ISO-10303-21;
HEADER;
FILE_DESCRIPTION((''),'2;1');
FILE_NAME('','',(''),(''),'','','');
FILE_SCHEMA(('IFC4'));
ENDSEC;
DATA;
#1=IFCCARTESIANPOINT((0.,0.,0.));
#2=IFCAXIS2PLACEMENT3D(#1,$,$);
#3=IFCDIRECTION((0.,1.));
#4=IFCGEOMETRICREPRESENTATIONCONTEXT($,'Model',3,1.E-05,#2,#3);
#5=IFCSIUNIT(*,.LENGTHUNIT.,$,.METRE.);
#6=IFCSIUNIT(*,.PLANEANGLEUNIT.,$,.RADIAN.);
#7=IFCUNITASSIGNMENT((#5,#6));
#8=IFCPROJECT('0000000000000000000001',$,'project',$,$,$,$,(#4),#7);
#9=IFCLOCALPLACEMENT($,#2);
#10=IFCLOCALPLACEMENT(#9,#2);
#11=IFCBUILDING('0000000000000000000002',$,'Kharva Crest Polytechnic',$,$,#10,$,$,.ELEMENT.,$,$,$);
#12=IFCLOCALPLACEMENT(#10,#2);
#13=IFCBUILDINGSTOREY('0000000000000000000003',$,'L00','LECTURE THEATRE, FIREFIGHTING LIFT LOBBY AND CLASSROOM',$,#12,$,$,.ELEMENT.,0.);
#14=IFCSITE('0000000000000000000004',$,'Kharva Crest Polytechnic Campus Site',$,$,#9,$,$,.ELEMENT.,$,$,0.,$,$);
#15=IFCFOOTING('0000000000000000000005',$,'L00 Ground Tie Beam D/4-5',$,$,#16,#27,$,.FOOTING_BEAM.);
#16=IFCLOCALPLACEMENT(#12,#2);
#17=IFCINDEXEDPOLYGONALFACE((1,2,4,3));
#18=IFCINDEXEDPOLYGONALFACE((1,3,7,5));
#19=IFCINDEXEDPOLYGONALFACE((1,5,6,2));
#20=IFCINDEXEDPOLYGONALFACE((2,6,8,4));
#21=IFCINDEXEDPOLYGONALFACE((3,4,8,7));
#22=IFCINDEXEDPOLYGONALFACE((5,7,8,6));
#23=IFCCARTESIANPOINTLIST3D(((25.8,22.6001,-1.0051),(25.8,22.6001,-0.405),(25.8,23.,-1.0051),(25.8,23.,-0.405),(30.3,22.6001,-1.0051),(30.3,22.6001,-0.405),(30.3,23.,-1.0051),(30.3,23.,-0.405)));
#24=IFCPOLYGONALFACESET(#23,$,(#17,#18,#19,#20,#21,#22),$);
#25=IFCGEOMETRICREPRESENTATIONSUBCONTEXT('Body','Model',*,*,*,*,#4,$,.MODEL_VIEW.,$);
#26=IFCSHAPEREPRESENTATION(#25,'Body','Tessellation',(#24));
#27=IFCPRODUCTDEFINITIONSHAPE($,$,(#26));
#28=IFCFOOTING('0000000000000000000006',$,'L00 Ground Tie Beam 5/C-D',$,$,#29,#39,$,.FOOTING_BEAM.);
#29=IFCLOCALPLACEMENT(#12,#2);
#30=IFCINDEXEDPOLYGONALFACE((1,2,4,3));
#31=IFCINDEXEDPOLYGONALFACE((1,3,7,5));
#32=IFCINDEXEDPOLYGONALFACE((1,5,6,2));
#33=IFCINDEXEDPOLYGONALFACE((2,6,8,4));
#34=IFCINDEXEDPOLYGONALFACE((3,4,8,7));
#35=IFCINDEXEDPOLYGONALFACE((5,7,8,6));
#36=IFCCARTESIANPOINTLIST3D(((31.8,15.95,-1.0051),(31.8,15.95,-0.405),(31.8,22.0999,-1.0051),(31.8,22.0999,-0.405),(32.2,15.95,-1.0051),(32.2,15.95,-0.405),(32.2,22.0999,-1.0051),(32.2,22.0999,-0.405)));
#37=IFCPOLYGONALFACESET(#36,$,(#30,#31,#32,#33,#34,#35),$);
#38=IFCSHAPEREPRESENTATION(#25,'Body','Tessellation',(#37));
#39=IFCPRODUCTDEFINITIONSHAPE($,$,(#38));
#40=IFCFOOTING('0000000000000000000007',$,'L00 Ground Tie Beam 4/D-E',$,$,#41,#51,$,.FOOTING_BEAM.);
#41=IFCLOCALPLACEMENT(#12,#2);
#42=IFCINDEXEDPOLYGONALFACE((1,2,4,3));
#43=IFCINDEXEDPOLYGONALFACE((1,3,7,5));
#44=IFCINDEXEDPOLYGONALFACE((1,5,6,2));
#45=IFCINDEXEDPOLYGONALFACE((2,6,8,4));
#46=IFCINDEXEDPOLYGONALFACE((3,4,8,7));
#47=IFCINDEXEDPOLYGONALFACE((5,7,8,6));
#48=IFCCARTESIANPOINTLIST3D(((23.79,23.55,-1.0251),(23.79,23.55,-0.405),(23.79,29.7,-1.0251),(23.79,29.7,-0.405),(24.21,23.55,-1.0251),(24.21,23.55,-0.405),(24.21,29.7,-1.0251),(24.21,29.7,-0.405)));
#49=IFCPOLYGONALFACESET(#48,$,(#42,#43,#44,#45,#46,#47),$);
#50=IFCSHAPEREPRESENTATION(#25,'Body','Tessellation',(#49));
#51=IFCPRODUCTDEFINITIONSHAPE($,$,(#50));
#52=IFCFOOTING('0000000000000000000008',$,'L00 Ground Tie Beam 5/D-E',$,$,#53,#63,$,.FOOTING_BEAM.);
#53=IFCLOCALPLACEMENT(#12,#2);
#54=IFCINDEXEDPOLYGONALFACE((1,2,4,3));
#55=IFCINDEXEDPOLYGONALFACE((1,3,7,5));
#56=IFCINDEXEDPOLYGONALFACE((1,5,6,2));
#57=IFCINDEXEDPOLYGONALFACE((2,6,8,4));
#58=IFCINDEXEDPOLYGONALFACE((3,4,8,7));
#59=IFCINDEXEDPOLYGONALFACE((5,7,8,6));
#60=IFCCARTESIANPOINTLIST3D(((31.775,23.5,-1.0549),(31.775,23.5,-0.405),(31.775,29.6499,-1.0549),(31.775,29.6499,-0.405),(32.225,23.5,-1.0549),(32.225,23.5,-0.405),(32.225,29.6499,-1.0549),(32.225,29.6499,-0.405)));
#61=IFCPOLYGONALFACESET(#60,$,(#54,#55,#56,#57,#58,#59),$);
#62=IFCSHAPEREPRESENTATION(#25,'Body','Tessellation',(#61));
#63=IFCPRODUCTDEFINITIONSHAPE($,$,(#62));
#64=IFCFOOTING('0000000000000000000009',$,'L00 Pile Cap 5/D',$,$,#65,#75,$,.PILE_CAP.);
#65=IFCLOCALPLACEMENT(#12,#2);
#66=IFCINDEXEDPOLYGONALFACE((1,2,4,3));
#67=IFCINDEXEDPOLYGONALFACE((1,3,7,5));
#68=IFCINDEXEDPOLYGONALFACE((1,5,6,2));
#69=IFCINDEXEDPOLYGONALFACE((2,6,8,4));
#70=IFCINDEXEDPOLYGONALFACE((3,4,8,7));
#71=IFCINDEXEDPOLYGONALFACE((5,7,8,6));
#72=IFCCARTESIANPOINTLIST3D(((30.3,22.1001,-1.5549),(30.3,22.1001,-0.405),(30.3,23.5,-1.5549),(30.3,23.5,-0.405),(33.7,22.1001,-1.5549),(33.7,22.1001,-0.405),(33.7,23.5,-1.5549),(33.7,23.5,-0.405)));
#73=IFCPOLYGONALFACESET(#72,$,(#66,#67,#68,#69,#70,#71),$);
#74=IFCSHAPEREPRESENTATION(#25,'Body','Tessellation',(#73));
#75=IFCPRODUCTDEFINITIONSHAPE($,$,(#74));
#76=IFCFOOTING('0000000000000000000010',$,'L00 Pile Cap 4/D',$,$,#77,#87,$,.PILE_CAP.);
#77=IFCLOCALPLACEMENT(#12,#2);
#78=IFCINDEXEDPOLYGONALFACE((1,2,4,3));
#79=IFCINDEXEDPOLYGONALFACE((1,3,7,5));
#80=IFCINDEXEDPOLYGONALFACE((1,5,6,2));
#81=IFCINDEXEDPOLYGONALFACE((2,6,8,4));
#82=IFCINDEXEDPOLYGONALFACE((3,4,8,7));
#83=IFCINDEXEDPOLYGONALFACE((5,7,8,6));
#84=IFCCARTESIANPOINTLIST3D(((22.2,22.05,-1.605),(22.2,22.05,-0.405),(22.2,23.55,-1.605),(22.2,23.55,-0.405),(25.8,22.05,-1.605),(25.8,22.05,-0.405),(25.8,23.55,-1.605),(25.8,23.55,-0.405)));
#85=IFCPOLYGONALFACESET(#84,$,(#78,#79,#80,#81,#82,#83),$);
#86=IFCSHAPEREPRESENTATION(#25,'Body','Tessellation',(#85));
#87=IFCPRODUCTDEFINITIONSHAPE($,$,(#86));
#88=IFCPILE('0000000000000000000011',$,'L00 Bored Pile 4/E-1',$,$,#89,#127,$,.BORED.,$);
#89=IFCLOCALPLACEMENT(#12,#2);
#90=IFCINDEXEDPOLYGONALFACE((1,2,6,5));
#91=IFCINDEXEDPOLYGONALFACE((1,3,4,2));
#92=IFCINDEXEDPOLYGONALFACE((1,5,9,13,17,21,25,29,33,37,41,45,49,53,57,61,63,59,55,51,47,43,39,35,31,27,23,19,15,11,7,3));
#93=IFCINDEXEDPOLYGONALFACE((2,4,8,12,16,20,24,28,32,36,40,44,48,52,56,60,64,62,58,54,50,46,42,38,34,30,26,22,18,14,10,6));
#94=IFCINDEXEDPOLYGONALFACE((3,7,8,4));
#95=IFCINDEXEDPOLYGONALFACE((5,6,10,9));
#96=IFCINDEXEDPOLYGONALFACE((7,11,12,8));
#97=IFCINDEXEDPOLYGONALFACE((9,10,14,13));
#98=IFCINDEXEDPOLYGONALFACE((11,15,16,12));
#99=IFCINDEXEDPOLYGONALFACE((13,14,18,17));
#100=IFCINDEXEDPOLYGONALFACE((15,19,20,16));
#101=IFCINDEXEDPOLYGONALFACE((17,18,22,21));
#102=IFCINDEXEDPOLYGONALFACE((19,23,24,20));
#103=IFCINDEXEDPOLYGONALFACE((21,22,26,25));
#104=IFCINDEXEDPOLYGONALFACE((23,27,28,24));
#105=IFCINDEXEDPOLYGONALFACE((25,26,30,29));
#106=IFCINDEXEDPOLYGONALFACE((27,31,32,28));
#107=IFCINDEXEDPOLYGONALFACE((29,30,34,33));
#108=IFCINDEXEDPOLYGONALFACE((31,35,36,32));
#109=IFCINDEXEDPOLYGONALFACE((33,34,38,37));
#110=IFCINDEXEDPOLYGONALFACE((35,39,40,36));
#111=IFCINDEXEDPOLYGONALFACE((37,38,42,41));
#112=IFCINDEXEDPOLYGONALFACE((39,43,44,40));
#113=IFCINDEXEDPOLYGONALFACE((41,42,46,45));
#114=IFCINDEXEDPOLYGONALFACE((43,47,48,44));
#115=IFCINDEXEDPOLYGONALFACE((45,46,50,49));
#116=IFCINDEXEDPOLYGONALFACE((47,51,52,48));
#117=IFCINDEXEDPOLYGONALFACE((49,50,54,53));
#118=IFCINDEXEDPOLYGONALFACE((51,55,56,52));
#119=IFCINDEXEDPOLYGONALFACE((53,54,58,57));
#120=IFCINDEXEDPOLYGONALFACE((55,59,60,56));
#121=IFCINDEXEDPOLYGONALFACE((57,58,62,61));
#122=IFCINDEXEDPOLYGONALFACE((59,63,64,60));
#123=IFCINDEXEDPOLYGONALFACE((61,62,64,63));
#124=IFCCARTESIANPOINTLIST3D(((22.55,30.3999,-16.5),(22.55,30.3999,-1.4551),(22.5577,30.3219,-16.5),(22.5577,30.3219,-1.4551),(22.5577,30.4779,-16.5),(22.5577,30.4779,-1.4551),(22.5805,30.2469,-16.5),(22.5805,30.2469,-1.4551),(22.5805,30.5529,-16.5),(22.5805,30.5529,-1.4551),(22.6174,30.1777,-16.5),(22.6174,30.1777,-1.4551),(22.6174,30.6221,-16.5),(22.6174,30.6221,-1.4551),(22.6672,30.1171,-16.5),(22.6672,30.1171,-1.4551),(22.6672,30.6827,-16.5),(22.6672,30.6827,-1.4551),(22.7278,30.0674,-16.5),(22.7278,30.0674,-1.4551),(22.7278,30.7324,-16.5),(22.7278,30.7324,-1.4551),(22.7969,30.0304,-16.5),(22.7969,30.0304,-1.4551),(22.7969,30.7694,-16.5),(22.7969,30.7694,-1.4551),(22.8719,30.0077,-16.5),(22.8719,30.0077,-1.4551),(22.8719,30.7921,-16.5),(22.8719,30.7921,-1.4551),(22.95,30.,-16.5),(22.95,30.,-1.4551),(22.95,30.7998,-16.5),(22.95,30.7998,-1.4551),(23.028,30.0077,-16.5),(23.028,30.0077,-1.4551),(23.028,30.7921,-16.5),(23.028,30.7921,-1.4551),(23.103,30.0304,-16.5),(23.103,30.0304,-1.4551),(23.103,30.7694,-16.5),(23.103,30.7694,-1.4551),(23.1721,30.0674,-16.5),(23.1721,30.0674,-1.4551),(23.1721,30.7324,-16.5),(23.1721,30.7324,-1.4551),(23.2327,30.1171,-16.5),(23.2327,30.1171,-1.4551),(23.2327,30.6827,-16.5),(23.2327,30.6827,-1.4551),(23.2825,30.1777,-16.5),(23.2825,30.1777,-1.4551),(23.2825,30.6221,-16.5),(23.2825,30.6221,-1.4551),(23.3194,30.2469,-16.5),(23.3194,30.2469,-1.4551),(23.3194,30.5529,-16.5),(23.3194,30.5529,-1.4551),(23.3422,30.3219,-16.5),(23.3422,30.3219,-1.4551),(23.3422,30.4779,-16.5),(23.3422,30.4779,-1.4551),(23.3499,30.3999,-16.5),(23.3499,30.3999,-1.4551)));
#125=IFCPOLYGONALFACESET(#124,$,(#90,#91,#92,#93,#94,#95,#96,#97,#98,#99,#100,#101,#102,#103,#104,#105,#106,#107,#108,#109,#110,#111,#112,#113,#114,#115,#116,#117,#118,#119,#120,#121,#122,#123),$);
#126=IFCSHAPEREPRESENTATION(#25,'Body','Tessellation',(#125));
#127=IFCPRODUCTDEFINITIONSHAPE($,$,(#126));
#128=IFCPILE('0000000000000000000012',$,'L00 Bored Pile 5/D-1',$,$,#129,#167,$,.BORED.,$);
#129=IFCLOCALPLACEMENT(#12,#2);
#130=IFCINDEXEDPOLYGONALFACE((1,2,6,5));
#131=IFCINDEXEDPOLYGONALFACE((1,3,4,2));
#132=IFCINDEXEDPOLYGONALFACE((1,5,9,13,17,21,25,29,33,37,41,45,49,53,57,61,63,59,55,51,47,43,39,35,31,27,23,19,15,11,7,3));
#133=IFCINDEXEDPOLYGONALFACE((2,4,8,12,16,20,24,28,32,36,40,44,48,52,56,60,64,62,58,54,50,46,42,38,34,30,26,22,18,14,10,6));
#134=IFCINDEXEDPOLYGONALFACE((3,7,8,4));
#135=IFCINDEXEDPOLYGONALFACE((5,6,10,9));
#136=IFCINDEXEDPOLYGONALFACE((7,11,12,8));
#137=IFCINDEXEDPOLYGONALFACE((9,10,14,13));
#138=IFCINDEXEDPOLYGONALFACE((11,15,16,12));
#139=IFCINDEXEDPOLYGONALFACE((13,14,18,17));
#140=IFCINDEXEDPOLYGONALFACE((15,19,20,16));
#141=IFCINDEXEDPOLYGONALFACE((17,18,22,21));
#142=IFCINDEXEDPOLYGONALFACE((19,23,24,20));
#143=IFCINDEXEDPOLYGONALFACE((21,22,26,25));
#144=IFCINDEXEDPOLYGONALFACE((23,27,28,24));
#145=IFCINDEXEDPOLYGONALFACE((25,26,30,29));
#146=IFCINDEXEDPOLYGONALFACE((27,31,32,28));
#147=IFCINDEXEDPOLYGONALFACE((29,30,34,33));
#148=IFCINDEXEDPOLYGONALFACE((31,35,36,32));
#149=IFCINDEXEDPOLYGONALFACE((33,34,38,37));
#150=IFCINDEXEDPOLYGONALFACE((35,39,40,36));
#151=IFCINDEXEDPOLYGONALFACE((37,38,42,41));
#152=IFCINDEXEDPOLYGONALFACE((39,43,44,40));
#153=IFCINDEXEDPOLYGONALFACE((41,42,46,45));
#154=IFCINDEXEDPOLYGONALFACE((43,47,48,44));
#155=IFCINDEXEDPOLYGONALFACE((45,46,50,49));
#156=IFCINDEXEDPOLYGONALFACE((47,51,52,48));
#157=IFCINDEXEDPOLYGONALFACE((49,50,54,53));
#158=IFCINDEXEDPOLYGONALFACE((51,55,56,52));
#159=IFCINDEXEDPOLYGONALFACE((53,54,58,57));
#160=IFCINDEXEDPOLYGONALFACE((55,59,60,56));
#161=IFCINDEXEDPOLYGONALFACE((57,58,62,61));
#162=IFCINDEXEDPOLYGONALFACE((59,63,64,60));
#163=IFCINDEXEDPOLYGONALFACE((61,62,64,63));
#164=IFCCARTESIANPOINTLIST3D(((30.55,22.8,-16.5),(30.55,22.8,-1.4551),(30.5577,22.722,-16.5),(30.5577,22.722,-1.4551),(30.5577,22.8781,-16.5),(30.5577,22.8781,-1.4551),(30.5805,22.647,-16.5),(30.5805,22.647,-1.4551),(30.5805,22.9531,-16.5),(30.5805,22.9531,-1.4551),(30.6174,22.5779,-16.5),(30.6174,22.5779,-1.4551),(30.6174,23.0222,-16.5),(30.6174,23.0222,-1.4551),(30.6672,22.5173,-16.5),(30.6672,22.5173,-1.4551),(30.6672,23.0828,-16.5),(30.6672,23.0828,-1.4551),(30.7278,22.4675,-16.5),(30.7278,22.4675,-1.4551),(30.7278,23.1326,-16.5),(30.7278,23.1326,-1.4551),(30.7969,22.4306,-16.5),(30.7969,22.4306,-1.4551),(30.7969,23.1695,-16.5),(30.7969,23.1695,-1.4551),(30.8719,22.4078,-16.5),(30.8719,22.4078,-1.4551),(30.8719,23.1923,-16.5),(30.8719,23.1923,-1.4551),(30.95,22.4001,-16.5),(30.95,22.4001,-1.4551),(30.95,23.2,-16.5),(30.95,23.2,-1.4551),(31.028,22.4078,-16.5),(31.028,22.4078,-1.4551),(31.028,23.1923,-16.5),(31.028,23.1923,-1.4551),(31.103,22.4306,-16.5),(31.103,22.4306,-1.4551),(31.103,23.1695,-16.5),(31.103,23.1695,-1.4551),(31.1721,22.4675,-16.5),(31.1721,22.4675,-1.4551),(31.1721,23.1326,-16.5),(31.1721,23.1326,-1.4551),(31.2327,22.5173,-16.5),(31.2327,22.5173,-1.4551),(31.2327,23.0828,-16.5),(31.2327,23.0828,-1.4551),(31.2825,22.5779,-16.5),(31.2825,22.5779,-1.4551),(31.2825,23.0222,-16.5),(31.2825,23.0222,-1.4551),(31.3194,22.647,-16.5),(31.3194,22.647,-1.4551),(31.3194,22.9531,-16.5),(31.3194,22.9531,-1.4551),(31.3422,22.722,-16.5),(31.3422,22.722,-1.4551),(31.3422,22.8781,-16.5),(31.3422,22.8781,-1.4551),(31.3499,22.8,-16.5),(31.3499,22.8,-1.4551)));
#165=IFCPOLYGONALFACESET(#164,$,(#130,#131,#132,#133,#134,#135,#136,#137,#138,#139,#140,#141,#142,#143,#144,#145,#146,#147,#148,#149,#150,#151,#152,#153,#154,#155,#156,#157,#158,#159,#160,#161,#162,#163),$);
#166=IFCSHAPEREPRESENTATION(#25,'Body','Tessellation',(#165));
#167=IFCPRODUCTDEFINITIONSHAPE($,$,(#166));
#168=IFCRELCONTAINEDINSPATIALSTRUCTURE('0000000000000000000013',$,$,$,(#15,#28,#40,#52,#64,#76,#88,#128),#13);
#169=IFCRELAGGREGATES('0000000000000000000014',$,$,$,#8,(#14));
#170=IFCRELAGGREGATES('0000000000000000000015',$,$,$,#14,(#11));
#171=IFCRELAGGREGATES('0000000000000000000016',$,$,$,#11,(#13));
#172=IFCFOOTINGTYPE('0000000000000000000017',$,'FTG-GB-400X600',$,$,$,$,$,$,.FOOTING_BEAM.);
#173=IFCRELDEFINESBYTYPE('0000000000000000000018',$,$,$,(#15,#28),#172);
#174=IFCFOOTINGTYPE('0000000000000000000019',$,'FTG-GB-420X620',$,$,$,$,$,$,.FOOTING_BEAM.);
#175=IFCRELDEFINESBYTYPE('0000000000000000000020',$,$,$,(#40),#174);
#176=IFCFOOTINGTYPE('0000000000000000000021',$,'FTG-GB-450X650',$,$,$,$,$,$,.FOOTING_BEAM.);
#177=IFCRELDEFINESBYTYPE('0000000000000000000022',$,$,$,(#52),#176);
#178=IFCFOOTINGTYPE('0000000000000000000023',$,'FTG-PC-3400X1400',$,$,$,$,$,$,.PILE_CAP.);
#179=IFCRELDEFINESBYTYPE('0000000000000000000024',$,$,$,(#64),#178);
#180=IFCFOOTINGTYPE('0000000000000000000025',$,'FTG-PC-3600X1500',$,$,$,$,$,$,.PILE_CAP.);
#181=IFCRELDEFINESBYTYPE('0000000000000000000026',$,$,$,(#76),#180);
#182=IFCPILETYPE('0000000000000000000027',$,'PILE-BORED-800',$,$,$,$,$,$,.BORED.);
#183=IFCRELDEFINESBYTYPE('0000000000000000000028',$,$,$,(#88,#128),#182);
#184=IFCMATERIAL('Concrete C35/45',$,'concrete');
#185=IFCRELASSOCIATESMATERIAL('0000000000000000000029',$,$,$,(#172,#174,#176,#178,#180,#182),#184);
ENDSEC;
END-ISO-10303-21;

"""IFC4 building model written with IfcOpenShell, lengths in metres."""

from ifc_helpers import new_model, si_unit, direction, frame, origin, origin_2d, place, context, subcontext, project, spatial, rectangle, circle, extrude, material, material_profile, profile_set, type_object, element, save


model = new_model("IFC4")

# Units and contexts
model_context = context("Model", 3, precision=1e-05, world=origin(), true_north=direction((0.0, 1.0)))
body_context = subcontext(model_context, "Body", "Model", "MODEL_VIEW")
ifc_project = project(units=[si_unit("LENGTHUNIT", "METRE"), si_unit("PLANEANGLEUNIT", "RADIAN")], contexts=[model_context])

# Site, building, storey
site_placement = place(None, origin())
site = spatial("IfcSite", under=ifc_project, at=site_placement, Name="Kharva Crest Polytechnic Campus Site", CompositionType="ELEMENT", RefElevation=0.0)
building_placement = place(site_placement, origin())
building = spatial("IfcBuilding", under=site, at=building_placement, Name="Kharva Crest Polytechnic", CompositionType="ELEMENT")
storey_placement = place(building_placement, origin())
storey = spatial("IfcBuildingStorey", under=building, at=storey_placement, Name="L00", Description="LECTURE THEATRE, FIREFIGHTING LIFT LOBBY AND CLASSROOM", CompositionType="ELEMENT", Elevation=0.0)

# Footings
ifc_material_1 = material(Name="Concrete C35/45", Category="concrete")
footing_type_1 = type_object("IfcFootingType", Name="FTG-GB-400X600", PredefinedType="FOOTING_BEAM", material=ifc_material_1)
footing_1_placement = place(storey_placement, frame((28.05, 22.8, -1.0051), z_axis=(0.0, 0.0, 1.0), x_axis=(1.0, 0.0, 0.0)))
element("IfcFooting", 1, at=footing_1_placement, inside=storey, type_object=footing_type_1, Name="L00 Ground Tie Beam D/4-5", PredefinedType="FOOTING_BEAM", context=body_context, shape_type="SweptSolid", body=[
    extrude(rectangle(XDim=4.5, YDim=0.3999, at=origin_2d()), origin(), (0.0, 0.0, 1.0), 0.6001),
])
footing_2_placement = place(storey_placement, frame((32.0, 19.0249, -1.0051), z_axis=(0.0, 0.0, 1.0), x_axis=(0.0, 1.0, 0.0)))
element("IfcFooting", 2, at=footing_2_placement, inside=storey, type_object=footing_type_1, Name="L00 Ground Tie Beam 5/C-D", PredefinedType="FOOTING_BEAM", context=body_context, shape_type="SweptSolid", body=[
    extrude(rectangle(XDim=6.1499, YDim=0.3999, at=origin_2d()), origin(), (0.0, 0.0, 1.0), 0.6001),
])
footing_type_2 = type_object("IfcFootingType", Name="FTG-GB-420X620", PredefinedType="FOOTING_BEAM", material=ifc_material_1)
footing_3_placement = place(storey_placement, frame((24.0, 26.625, -1.0251), z_axis=(0.0, 0.0, 1.0), x_axis=(0.0, 1.0, 0.0)))
element("IfcFooting", 3, at=footing_3_placement, inside=storey, type_object=footing_type_2, Name="L00 Ground Tie Beam 4/D-E", PredefinedType="FOOTING_BEAM", context=body_context, shape_type="SweptSolid", body=[
    extrude(rectangle(XDim=6.1499, YDim=0.4199, at=origin_2d()), origin(), (0.0, 0.0, 1.0), 0.6201),
])
footing_type_3 = type_object("IfcFootingType", Name="FTG-GB-450X650", PredefinedType="FOOTING_BEAM", material=ifc_material_1)
footing_4_placement = place(storey_placement, frame((32.0, 26.575, -1.0549), z_axis=(0.0, 0.0, 1.0), x_axis=(0.0, 1.0, 0.0)))
element("IfcFooting", 4, at=footing_4_placement, inside=storey, type_object=footing_type_3, Name="L00 Ground Tie Beam 5/D-E", PredefinedType="FOOTING_BEAM", context=body_context, shape_type="SweptSolid", body=[
    extrude(rectangle(XDim=6.1499, YDim=0.45, at=origin_2d()), origin(), (0.0, 0.0, 1.0), 0.6499),
])
footing_type_4 = type_object("IfcFootingType", Name="FTG-PC-3400X1400", PredefinedType="PILE_CAP", material=ifc_material_1)
footing_5_placement = place(storey_placement, frame((32.0, 22.8, -1.5549), z_axis=(0.0, 0.0, 1.0), x_axis=(1.0, 0.0, 0.0)))
element("IfcFooting", 5, at=footing_5_placement, inside=storey, type_object=footing_type_4, Name="L00 Pile Cap 5/D", PredefinedType="PILE_CAP", context=body_context, shape_type="SweptSolid", body=[
    extrude(rectangle(XDim=3.3999, YDim=1.3999, at=origin_2d()), origin(), (0.0, 0.0, 1.0), 1.1499),
])
footing_type_5 = type_object("IfcFootingType", Name="FTG-PC-3600X1500", PredefinedType="PILE_CAP", material=ifc_material_1)
footing_6_placement = place(storey_placement, frame((24.0, 22.8, -1.605), z_axis=(0.0, 0.0, 1.0), x_axis=(1.0, 0.0, 0.0)))
element("IfcFooting", 6, at=footing_6_placement, inside=storey, type_object=footing_type_5, Name="L00 Pile Cap 4/D", PredefinedType="PILE_CAP", context=body_context, shape_type="SweptSolid", body=[
    extrude(rectangle(XDim=3.6001, YDim=1.5, at=origin_2d()), origin(), (0.0, 0.0, 1.0), 1.2),
])

# Piles
ifc_material_profile_1 = material_profile(ifc_material_1, circle(Radius=0.3999, at=origin_2d()), Name="DIA 800")
ifc_profile_set_1 = profile_set([ifc_material_profile_1], Name="Concrete C35/45")
pile_type_1 = type_object("IfcPileType", Name="PILE-BORED-800", PredefinedType="BORED", material=ifc_profile_set_1)
for number, where, z_axis, x_axis, name in (
    (7, (22.95, 30.3999, -1.4551), (0.0, 0.0, -1.0), (1.0, 0.0, 0.0), "L00 Bored Pile 4/E-1"),
    (8, (30.95, 22.8, -1.4551), (0.0, 0.0, -1.0), (1.0, 0.0, 0.0), "L00 Bored Pile 5/D-1"),
):
    element("IfcPile", number, at=place(storey_placement, frame(where, z_axis=z_axis, x_axis=x_axis)), inside=storey, type_object=pile_type_1, Name=name, PredefinedType="BORED", context=body_context, shape_type="SweptSolid", body=[
        extrude(circle(Radius=0.3999, at=origin_2d()), origin(), (0.0, 0.0, 1.0), 15.0449),
    ])

save(model, "model.ifc")
